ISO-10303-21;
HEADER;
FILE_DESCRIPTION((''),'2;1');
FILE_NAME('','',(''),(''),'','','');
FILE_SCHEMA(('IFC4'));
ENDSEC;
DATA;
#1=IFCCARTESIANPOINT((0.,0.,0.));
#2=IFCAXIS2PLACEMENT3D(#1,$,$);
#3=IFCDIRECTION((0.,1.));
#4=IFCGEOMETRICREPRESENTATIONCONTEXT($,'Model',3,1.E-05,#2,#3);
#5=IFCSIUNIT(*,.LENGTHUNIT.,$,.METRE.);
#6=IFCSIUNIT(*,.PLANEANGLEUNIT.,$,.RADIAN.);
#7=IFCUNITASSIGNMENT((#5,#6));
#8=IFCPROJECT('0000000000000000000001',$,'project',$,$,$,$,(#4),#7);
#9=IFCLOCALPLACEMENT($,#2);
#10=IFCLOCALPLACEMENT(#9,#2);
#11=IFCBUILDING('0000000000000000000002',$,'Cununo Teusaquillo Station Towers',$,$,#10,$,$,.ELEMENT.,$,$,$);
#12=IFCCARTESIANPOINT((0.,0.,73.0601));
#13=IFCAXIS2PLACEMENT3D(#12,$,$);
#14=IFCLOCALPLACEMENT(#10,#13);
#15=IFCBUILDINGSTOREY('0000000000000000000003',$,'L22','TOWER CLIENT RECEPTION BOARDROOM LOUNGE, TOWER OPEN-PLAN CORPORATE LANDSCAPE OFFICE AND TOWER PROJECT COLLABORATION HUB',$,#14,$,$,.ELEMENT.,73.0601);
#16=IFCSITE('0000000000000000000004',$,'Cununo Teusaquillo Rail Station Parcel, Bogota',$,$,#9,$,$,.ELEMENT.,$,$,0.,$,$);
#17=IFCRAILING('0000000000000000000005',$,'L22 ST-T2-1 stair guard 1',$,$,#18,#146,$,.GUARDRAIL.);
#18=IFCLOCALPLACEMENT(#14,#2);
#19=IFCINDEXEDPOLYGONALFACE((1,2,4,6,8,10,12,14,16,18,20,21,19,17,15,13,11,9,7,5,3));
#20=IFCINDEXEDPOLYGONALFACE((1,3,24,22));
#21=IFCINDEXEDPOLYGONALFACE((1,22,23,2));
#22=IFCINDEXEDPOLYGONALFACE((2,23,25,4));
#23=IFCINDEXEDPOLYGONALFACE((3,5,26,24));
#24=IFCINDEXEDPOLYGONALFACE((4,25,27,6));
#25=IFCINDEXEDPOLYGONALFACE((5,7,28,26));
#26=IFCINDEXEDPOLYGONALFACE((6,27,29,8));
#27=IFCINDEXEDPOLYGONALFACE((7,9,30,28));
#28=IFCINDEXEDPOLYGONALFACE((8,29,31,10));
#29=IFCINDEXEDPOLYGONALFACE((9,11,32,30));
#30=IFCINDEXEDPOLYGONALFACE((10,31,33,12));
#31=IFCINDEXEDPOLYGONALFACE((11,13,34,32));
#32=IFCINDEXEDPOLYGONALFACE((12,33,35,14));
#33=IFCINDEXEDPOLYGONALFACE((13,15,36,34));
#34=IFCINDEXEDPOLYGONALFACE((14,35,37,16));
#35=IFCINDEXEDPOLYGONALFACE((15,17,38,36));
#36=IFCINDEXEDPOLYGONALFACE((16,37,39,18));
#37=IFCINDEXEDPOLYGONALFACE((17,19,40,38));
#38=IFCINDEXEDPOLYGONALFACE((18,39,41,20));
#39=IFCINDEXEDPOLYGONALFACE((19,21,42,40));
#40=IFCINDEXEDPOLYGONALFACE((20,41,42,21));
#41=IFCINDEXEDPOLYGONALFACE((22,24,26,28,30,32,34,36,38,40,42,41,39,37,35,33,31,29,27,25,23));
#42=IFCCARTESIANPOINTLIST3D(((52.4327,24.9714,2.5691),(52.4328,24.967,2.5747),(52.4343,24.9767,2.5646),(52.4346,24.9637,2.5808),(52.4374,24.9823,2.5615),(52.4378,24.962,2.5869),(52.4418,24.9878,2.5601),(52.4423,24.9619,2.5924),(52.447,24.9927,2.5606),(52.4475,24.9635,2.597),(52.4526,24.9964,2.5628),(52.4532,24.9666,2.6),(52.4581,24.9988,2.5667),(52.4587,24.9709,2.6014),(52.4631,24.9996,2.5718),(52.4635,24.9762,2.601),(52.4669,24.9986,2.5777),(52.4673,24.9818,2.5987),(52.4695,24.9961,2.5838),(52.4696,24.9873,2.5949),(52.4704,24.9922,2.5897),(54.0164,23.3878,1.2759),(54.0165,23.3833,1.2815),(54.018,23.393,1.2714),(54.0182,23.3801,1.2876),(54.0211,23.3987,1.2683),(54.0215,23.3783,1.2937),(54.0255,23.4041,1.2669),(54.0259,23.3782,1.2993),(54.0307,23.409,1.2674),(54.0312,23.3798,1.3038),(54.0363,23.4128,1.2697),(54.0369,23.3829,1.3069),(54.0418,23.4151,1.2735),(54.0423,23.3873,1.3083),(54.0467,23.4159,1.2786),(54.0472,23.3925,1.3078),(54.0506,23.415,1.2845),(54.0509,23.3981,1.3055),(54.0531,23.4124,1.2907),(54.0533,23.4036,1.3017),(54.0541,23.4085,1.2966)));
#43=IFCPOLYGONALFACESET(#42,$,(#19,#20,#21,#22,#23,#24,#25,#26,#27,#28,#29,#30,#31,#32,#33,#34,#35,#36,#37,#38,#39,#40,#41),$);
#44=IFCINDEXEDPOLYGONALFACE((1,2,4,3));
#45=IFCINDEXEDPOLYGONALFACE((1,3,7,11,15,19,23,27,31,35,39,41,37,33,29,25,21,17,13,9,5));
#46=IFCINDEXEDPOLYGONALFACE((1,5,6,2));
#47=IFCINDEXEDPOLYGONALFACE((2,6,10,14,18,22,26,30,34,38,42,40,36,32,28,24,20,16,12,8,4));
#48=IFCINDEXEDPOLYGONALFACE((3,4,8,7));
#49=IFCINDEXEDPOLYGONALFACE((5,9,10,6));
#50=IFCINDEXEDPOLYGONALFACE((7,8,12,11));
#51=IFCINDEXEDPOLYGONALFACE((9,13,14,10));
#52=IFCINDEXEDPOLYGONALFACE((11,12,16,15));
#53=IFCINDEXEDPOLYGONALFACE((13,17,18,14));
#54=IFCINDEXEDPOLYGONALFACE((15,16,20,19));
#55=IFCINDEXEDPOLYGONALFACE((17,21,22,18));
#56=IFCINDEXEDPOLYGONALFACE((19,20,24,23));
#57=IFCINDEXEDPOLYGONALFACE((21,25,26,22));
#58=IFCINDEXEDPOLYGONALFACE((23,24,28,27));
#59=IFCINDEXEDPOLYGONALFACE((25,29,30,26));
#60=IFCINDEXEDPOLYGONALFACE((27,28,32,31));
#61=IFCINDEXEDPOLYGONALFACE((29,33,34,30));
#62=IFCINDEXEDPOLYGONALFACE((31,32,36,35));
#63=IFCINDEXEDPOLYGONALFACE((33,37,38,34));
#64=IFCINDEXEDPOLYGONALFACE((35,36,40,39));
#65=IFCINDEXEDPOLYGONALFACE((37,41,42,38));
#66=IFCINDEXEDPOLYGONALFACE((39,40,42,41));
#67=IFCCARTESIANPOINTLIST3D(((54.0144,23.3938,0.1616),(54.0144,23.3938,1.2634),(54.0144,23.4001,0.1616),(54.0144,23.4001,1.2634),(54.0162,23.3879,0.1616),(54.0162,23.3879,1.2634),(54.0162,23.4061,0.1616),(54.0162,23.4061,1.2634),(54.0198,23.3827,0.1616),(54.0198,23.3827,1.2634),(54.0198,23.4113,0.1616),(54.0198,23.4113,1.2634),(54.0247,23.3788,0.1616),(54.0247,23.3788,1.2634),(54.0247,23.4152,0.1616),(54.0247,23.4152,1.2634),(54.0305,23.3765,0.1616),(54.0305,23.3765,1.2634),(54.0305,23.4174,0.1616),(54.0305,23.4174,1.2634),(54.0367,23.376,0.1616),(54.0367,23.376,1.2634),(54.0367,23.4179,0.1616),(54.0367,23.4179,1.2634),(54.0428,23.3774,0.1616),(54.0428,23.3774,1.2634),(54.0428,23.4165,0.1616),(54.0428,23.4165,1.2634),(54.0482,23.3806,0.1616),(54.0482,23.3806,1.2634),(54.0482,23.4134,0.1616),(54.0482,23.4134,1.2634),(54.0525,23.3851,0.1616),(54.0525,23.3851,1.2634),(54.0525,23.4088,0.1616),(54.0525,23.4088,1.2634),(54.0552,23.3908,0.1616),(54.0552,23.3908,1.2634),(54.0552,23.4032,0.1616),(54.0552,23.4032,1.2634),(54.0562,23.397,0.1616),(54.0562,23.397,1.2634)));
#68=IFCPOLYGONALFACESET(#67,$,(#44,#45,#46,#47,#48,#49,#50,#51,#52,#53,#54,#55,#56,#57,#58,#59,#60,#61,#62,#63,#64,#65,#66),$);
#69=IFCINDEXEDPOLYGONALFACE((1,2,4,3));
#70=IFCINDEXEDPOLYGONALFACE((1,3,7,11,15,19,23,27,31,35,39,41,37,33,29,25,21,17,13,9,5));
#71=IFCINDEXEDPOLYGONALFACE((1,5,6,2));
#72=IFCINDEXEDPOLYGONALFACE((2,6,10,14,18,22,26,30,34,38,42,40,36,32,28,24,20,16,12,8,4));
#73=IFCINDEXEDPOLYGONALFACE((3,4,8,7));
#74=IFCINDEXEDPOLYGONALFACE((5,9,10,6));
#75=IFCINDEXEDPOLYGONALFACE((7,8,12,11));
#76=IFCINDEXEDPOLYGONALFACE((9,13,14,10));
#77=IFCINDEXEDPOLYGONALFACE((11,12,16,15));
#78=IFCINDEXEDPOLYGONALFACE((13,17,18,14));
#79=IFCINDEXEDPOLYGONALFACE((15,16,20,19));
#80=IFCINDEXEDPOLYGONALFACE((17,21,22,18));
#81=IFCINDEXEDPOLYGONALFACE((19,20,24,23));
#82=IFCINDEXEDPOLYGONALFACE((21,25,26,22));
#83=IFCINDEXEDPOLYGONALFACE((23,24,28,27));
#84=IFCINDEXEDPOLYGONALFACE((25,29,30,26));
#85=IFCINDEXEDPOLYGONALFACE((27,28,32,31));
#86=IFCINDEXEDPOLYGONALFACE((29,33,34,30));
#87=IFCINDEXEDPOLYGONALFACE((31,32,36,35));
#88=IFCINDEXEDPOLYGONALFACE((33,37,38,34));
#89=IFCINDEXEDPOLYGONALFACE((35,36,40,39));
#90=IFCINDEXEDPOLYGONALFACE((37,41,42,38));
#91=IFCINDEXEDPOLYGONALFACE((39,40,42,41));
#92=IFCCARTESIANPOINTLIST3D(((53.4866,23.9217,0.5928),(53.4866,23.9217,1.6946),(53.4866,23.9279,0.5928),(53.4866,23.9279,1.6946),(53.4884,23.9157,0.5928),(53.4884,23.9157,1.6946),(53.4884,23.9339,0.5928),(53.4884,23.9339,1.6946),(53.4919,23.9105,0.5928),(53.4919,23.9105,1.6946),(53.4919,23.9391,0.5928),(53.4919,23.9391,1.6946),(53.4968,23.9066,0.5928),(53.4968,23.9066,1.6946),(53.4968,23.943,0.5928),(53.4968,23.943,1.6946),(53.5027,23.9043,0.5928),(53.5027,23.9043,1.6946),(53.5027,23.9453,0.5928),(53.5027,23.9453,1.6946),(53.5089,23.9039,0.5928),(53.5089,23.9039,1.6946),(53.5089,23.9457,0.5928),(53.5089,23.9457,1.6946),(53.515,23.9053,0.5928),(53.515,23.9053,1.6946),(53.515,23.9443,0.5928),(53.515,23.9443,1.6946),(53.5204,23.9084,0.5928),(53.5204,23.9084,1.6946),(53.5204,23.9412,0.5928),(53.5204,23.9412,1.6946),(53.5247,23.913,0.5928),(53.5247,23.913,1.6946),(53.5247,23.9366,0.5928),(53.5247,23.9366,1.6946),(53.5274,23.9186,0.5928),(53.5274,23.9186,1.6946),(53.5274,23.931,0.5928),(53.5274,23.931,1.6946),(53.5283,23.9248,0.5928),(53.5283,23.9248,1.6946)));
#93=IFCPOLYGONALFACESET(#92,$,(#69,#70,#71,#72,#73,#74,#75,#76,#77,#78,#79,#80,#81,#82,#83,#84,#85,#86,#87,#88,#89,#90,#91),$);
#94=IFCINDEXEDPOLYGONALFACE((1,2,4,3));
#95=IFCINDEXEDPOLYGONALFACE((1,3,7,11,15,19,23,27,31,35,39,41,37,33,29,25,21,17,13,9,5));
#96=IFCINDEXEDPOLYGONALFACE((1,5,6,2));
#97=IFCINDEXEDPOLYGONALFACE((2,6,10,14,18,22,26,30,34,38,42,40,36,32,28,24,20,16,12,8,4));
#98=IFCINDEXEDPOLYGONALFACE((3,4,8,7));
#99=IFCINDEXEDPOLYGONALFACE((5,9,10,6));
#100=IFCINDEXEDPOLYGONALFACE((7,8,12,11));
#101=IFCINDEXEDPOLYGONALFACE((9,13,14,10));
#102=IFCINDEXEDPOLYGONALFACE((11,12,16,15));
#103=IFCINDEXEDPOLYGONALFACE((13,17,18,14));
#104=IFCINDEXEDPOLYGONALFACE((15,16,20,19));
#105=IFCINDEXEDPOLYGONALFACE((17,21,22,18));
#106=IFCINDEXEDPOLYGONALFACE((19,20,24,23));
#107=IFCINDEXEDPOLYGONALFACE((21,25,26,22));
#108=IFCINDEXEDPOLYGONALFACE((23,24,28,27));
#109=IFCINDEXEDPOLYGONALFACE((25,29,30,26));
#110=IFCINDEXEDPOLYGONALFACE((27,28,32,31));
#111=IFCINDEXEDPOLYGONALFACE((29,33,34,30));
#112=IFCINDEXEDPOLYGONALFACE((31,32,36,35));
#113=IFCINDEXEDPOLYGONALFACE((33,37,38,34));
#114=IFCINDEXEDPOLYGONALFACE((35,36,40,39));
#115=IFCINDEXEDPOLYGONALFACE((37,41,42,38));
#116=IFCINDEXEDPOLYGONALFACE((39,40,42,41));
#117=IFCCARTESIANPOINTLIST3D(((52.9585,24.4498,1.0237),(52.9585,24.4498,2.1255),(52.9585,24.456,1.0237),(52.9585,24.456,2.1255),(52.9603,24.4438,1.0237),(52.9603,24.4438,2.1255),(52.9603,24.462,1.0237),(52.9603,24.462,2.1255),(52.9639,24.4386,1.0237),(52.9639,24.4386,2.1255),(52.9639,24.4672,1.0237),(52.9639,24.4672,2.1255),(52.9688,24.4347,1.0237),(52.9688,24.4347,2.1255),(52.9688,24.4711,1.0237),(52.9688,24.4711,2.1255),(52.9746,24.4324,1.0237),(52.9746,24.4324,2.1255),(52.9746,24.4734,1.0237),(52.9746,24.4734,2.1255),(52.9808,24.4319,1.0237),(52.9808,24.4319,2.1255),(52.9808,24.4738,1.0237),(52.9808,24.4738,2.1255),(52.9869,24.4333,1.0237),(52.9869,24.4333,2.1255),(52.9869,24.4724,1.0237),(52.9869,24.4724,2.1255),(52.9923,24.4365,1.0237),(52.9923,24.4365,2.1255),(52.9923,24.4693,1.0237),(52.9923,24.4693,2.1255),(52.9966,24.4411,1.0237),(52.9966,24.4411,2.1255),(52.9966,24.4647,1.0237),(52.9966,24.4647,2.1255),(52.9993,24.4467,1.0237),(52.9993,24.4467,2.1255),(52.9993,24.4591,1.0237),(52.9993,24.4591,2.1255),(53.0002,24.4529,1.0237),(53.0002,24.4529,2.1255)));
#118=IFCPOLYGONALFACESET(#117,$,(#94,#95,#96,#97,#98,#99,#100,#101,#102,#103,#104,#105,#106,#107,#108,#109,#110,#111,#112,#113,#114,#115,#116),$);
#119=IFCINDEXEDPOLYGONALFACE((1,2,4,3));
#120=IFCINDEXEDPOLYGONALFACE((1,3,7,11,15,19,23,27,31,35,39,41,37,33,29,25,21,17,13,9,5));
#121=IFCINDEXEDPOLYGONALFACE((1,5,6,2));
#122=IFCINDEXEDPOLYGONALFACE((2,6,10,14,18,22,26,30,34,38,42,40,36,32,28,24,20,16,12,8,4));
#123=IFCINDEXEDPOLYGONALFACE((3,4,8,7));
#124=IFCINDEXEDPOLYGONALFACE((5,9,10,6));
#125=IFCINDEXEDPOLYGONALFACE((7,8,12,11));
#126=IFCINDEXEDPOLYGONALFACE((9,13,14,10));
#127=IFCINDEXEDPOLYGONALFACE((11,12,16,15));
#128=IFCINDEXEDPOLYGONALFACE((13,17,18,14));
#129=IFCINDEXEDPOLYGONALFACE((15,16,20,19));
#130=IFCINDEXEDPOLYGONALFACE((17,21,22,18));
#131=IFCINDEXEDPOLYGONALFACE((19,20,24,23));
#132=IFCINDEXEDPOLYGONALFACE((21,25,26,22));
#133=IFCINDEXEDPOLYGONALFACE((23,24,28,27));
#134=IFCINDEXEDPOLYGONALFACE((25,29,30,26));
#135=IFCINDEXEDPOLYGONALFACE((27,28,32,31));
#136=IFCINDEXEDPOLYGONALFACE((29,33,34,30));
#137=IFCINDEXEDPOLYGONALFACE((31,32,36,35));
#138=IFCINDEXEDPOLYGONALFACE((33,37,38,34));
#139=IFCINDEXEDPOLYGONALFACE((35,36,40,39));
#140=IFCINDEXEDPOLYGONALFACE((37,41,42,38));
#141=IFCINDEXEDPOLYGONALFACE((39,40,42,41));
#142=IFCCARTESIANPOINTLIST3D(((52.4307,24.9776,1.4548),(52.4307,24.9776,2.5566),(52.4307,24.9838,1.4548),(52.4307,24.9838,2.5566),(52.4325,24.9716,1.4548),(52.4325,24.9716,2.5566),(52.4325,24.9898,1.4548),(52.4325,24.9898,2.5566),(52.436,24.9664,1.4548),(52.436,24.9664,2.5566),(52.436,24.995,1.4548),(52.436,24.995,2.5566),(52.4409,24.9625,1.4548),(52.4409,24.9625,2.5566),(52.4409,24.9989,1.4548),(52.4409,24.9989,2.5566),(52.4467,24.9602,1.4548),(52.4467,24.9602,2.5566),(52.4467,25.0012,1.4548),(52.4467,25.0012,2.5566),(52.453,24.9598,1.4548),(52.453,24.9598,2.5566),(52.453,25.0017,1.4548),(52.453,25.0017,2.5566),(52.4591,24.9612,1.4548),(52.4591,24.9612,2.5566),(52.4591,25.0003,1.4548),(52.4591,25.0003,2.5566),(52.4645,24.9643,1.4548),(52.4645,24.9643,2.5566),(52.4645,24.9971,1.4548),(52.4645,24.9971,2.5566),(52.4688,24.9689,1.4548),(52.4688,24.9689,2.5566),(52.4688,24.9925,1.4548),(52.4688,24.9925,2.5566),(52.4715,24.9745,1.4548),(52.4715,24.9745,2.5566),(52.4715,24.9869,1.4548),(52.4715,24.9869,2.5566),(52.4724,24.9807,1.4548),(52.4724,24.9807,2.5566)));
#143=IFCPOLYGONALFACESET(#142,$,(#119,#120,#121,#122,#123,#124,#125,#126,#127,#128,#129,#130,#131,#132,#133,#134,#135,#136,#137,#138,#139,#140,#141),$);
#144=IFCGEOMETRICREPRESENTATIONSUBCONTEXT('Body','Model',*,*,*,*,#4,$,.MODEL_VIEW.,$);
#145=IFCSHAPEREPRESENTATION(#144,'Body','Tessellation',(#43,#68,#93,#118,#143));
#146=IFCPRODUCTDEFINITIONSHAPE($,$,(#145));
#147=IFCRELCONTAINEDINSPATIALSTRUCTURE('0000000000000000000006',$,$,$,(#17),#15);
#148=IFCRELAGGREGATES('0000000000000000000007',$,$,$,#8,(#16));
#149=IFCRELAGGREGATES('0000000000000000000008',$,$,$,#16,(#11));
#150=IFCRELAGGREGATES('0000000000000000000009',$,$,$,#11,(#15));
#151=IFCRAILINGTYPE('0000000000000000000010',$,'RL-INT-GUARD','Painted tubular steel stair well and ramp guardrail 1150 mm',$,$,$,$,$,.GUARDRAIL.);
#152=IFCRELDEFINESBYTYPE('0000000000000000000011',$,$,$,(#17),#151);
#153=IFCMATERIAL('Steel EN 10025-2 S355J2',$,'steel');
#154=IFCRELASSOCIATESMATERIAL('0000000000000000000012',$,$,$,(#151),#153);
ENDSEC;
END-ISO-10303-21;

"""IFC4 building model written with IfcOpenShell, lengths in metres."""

from ifc_helpers import new_model, si_unit, direction, frame, origin, origin_2d, place, context, subcontext, project, spatial, circle, extrude, material, type_object, element, save


model = new_model("IFC4")

# Units and contexts
model_context = context("Model", 3, precision=1e-05, world=origin(), true_north=direction((0.0, 1.0)))
body_context = subcontext(model_context, "Body", "Model", "MODEL_VIEW")
ifc_project = project(units=[si_unit("LENGTHUNIT", "METRE"), si_unit("PLANEANGLEUNIT", "RADIAN")], contexts=[model_context])

# Site, building, storey
site_placement = place(None, origin())
site = spatial("IfcSite", under=ifc_project, at=site_placement, Name="Cununo Teusaquillo Rail Station Parcel, Bogota", CompositionType="ELEMENT", RefElevation=0.0)
building_placement = place(site_placement, origin())
building = spatial("IfcBuilding", under=site, at=building_placement, Name="Cununo Teusaquillo Station Towers", CompositionType="ELEMENT")
storey_placement = place(building_placement, frame((0.0, 0.0, 73.0601)))
storey = spatial("IfcBuildingStorey", under=building, at=storey_placement, Name="L22", Description="TOWER CLIENT RECEPTION BOARDROOM LOUNGE, TOWER OPEN-PLAN CORPORATE LANDSCAPE OFFICE AND TOWER PROJECT COLLABORATION HUB", CompositionType="ELEMENT", Elevation=73.0601)

# Railing
ifc_material_1 = material(Name="Steel EN 10025-2 S355J2", Category="steel")
railing_type_1 = type_object("IfcRailingType", Name="RL-INT-GUARD", Description="Painted tubular steel stair well and ramp guardrail 1150 mm", PredefinedType="GUARDRAIL", material=ifc_material_1)
railing_1_placement = place(storey_placement, frame((54.0352, 23.397, 0.1616)))
element("IfcRailing", 1, at=railing_1_placement, inside=storey, type_object=railing_type_1, Name="L22 ST-T2-1 stair guard 1", PredefinedType="GUARDRAIL", context=body_context, shape_type="SweptSolid", body=[
    extrude(circle(Radius=0.0239, at=origin_2d()), frame((0.0, 0.0, 1.126), z_axis=(-0.612361, 0.612361, 0.500027), x_axis=(-0.707107, -0.707107, 0.0)), (0.0, 0.0, 1.0), 2.5862),
    extrude(circle(Radius=0.021, at=origin_2d()), origin(), (0.0, 0.0, 1.0), 1.1018),
    extrude(circle(Radius=0.021, at=origin_2d()), frame((-0.5278, 0.5278, 0.4312)), (0.0, 0.0, 1.0), 1.1018),
    extrude(circle(Radius=0.021, at=origin_2d()), frame((-1.0559, 1.0559, 0.8621)), (0.0, 0.0, 1.0), 1.1018),
    extrude(circle(Radius=0.021, at=origin_2d()), frame((-1.5837, 1.5837, 1.2932)), (0.0, 0.0, 1.0), 1.1018),
])

save(model, "model.ifc")
